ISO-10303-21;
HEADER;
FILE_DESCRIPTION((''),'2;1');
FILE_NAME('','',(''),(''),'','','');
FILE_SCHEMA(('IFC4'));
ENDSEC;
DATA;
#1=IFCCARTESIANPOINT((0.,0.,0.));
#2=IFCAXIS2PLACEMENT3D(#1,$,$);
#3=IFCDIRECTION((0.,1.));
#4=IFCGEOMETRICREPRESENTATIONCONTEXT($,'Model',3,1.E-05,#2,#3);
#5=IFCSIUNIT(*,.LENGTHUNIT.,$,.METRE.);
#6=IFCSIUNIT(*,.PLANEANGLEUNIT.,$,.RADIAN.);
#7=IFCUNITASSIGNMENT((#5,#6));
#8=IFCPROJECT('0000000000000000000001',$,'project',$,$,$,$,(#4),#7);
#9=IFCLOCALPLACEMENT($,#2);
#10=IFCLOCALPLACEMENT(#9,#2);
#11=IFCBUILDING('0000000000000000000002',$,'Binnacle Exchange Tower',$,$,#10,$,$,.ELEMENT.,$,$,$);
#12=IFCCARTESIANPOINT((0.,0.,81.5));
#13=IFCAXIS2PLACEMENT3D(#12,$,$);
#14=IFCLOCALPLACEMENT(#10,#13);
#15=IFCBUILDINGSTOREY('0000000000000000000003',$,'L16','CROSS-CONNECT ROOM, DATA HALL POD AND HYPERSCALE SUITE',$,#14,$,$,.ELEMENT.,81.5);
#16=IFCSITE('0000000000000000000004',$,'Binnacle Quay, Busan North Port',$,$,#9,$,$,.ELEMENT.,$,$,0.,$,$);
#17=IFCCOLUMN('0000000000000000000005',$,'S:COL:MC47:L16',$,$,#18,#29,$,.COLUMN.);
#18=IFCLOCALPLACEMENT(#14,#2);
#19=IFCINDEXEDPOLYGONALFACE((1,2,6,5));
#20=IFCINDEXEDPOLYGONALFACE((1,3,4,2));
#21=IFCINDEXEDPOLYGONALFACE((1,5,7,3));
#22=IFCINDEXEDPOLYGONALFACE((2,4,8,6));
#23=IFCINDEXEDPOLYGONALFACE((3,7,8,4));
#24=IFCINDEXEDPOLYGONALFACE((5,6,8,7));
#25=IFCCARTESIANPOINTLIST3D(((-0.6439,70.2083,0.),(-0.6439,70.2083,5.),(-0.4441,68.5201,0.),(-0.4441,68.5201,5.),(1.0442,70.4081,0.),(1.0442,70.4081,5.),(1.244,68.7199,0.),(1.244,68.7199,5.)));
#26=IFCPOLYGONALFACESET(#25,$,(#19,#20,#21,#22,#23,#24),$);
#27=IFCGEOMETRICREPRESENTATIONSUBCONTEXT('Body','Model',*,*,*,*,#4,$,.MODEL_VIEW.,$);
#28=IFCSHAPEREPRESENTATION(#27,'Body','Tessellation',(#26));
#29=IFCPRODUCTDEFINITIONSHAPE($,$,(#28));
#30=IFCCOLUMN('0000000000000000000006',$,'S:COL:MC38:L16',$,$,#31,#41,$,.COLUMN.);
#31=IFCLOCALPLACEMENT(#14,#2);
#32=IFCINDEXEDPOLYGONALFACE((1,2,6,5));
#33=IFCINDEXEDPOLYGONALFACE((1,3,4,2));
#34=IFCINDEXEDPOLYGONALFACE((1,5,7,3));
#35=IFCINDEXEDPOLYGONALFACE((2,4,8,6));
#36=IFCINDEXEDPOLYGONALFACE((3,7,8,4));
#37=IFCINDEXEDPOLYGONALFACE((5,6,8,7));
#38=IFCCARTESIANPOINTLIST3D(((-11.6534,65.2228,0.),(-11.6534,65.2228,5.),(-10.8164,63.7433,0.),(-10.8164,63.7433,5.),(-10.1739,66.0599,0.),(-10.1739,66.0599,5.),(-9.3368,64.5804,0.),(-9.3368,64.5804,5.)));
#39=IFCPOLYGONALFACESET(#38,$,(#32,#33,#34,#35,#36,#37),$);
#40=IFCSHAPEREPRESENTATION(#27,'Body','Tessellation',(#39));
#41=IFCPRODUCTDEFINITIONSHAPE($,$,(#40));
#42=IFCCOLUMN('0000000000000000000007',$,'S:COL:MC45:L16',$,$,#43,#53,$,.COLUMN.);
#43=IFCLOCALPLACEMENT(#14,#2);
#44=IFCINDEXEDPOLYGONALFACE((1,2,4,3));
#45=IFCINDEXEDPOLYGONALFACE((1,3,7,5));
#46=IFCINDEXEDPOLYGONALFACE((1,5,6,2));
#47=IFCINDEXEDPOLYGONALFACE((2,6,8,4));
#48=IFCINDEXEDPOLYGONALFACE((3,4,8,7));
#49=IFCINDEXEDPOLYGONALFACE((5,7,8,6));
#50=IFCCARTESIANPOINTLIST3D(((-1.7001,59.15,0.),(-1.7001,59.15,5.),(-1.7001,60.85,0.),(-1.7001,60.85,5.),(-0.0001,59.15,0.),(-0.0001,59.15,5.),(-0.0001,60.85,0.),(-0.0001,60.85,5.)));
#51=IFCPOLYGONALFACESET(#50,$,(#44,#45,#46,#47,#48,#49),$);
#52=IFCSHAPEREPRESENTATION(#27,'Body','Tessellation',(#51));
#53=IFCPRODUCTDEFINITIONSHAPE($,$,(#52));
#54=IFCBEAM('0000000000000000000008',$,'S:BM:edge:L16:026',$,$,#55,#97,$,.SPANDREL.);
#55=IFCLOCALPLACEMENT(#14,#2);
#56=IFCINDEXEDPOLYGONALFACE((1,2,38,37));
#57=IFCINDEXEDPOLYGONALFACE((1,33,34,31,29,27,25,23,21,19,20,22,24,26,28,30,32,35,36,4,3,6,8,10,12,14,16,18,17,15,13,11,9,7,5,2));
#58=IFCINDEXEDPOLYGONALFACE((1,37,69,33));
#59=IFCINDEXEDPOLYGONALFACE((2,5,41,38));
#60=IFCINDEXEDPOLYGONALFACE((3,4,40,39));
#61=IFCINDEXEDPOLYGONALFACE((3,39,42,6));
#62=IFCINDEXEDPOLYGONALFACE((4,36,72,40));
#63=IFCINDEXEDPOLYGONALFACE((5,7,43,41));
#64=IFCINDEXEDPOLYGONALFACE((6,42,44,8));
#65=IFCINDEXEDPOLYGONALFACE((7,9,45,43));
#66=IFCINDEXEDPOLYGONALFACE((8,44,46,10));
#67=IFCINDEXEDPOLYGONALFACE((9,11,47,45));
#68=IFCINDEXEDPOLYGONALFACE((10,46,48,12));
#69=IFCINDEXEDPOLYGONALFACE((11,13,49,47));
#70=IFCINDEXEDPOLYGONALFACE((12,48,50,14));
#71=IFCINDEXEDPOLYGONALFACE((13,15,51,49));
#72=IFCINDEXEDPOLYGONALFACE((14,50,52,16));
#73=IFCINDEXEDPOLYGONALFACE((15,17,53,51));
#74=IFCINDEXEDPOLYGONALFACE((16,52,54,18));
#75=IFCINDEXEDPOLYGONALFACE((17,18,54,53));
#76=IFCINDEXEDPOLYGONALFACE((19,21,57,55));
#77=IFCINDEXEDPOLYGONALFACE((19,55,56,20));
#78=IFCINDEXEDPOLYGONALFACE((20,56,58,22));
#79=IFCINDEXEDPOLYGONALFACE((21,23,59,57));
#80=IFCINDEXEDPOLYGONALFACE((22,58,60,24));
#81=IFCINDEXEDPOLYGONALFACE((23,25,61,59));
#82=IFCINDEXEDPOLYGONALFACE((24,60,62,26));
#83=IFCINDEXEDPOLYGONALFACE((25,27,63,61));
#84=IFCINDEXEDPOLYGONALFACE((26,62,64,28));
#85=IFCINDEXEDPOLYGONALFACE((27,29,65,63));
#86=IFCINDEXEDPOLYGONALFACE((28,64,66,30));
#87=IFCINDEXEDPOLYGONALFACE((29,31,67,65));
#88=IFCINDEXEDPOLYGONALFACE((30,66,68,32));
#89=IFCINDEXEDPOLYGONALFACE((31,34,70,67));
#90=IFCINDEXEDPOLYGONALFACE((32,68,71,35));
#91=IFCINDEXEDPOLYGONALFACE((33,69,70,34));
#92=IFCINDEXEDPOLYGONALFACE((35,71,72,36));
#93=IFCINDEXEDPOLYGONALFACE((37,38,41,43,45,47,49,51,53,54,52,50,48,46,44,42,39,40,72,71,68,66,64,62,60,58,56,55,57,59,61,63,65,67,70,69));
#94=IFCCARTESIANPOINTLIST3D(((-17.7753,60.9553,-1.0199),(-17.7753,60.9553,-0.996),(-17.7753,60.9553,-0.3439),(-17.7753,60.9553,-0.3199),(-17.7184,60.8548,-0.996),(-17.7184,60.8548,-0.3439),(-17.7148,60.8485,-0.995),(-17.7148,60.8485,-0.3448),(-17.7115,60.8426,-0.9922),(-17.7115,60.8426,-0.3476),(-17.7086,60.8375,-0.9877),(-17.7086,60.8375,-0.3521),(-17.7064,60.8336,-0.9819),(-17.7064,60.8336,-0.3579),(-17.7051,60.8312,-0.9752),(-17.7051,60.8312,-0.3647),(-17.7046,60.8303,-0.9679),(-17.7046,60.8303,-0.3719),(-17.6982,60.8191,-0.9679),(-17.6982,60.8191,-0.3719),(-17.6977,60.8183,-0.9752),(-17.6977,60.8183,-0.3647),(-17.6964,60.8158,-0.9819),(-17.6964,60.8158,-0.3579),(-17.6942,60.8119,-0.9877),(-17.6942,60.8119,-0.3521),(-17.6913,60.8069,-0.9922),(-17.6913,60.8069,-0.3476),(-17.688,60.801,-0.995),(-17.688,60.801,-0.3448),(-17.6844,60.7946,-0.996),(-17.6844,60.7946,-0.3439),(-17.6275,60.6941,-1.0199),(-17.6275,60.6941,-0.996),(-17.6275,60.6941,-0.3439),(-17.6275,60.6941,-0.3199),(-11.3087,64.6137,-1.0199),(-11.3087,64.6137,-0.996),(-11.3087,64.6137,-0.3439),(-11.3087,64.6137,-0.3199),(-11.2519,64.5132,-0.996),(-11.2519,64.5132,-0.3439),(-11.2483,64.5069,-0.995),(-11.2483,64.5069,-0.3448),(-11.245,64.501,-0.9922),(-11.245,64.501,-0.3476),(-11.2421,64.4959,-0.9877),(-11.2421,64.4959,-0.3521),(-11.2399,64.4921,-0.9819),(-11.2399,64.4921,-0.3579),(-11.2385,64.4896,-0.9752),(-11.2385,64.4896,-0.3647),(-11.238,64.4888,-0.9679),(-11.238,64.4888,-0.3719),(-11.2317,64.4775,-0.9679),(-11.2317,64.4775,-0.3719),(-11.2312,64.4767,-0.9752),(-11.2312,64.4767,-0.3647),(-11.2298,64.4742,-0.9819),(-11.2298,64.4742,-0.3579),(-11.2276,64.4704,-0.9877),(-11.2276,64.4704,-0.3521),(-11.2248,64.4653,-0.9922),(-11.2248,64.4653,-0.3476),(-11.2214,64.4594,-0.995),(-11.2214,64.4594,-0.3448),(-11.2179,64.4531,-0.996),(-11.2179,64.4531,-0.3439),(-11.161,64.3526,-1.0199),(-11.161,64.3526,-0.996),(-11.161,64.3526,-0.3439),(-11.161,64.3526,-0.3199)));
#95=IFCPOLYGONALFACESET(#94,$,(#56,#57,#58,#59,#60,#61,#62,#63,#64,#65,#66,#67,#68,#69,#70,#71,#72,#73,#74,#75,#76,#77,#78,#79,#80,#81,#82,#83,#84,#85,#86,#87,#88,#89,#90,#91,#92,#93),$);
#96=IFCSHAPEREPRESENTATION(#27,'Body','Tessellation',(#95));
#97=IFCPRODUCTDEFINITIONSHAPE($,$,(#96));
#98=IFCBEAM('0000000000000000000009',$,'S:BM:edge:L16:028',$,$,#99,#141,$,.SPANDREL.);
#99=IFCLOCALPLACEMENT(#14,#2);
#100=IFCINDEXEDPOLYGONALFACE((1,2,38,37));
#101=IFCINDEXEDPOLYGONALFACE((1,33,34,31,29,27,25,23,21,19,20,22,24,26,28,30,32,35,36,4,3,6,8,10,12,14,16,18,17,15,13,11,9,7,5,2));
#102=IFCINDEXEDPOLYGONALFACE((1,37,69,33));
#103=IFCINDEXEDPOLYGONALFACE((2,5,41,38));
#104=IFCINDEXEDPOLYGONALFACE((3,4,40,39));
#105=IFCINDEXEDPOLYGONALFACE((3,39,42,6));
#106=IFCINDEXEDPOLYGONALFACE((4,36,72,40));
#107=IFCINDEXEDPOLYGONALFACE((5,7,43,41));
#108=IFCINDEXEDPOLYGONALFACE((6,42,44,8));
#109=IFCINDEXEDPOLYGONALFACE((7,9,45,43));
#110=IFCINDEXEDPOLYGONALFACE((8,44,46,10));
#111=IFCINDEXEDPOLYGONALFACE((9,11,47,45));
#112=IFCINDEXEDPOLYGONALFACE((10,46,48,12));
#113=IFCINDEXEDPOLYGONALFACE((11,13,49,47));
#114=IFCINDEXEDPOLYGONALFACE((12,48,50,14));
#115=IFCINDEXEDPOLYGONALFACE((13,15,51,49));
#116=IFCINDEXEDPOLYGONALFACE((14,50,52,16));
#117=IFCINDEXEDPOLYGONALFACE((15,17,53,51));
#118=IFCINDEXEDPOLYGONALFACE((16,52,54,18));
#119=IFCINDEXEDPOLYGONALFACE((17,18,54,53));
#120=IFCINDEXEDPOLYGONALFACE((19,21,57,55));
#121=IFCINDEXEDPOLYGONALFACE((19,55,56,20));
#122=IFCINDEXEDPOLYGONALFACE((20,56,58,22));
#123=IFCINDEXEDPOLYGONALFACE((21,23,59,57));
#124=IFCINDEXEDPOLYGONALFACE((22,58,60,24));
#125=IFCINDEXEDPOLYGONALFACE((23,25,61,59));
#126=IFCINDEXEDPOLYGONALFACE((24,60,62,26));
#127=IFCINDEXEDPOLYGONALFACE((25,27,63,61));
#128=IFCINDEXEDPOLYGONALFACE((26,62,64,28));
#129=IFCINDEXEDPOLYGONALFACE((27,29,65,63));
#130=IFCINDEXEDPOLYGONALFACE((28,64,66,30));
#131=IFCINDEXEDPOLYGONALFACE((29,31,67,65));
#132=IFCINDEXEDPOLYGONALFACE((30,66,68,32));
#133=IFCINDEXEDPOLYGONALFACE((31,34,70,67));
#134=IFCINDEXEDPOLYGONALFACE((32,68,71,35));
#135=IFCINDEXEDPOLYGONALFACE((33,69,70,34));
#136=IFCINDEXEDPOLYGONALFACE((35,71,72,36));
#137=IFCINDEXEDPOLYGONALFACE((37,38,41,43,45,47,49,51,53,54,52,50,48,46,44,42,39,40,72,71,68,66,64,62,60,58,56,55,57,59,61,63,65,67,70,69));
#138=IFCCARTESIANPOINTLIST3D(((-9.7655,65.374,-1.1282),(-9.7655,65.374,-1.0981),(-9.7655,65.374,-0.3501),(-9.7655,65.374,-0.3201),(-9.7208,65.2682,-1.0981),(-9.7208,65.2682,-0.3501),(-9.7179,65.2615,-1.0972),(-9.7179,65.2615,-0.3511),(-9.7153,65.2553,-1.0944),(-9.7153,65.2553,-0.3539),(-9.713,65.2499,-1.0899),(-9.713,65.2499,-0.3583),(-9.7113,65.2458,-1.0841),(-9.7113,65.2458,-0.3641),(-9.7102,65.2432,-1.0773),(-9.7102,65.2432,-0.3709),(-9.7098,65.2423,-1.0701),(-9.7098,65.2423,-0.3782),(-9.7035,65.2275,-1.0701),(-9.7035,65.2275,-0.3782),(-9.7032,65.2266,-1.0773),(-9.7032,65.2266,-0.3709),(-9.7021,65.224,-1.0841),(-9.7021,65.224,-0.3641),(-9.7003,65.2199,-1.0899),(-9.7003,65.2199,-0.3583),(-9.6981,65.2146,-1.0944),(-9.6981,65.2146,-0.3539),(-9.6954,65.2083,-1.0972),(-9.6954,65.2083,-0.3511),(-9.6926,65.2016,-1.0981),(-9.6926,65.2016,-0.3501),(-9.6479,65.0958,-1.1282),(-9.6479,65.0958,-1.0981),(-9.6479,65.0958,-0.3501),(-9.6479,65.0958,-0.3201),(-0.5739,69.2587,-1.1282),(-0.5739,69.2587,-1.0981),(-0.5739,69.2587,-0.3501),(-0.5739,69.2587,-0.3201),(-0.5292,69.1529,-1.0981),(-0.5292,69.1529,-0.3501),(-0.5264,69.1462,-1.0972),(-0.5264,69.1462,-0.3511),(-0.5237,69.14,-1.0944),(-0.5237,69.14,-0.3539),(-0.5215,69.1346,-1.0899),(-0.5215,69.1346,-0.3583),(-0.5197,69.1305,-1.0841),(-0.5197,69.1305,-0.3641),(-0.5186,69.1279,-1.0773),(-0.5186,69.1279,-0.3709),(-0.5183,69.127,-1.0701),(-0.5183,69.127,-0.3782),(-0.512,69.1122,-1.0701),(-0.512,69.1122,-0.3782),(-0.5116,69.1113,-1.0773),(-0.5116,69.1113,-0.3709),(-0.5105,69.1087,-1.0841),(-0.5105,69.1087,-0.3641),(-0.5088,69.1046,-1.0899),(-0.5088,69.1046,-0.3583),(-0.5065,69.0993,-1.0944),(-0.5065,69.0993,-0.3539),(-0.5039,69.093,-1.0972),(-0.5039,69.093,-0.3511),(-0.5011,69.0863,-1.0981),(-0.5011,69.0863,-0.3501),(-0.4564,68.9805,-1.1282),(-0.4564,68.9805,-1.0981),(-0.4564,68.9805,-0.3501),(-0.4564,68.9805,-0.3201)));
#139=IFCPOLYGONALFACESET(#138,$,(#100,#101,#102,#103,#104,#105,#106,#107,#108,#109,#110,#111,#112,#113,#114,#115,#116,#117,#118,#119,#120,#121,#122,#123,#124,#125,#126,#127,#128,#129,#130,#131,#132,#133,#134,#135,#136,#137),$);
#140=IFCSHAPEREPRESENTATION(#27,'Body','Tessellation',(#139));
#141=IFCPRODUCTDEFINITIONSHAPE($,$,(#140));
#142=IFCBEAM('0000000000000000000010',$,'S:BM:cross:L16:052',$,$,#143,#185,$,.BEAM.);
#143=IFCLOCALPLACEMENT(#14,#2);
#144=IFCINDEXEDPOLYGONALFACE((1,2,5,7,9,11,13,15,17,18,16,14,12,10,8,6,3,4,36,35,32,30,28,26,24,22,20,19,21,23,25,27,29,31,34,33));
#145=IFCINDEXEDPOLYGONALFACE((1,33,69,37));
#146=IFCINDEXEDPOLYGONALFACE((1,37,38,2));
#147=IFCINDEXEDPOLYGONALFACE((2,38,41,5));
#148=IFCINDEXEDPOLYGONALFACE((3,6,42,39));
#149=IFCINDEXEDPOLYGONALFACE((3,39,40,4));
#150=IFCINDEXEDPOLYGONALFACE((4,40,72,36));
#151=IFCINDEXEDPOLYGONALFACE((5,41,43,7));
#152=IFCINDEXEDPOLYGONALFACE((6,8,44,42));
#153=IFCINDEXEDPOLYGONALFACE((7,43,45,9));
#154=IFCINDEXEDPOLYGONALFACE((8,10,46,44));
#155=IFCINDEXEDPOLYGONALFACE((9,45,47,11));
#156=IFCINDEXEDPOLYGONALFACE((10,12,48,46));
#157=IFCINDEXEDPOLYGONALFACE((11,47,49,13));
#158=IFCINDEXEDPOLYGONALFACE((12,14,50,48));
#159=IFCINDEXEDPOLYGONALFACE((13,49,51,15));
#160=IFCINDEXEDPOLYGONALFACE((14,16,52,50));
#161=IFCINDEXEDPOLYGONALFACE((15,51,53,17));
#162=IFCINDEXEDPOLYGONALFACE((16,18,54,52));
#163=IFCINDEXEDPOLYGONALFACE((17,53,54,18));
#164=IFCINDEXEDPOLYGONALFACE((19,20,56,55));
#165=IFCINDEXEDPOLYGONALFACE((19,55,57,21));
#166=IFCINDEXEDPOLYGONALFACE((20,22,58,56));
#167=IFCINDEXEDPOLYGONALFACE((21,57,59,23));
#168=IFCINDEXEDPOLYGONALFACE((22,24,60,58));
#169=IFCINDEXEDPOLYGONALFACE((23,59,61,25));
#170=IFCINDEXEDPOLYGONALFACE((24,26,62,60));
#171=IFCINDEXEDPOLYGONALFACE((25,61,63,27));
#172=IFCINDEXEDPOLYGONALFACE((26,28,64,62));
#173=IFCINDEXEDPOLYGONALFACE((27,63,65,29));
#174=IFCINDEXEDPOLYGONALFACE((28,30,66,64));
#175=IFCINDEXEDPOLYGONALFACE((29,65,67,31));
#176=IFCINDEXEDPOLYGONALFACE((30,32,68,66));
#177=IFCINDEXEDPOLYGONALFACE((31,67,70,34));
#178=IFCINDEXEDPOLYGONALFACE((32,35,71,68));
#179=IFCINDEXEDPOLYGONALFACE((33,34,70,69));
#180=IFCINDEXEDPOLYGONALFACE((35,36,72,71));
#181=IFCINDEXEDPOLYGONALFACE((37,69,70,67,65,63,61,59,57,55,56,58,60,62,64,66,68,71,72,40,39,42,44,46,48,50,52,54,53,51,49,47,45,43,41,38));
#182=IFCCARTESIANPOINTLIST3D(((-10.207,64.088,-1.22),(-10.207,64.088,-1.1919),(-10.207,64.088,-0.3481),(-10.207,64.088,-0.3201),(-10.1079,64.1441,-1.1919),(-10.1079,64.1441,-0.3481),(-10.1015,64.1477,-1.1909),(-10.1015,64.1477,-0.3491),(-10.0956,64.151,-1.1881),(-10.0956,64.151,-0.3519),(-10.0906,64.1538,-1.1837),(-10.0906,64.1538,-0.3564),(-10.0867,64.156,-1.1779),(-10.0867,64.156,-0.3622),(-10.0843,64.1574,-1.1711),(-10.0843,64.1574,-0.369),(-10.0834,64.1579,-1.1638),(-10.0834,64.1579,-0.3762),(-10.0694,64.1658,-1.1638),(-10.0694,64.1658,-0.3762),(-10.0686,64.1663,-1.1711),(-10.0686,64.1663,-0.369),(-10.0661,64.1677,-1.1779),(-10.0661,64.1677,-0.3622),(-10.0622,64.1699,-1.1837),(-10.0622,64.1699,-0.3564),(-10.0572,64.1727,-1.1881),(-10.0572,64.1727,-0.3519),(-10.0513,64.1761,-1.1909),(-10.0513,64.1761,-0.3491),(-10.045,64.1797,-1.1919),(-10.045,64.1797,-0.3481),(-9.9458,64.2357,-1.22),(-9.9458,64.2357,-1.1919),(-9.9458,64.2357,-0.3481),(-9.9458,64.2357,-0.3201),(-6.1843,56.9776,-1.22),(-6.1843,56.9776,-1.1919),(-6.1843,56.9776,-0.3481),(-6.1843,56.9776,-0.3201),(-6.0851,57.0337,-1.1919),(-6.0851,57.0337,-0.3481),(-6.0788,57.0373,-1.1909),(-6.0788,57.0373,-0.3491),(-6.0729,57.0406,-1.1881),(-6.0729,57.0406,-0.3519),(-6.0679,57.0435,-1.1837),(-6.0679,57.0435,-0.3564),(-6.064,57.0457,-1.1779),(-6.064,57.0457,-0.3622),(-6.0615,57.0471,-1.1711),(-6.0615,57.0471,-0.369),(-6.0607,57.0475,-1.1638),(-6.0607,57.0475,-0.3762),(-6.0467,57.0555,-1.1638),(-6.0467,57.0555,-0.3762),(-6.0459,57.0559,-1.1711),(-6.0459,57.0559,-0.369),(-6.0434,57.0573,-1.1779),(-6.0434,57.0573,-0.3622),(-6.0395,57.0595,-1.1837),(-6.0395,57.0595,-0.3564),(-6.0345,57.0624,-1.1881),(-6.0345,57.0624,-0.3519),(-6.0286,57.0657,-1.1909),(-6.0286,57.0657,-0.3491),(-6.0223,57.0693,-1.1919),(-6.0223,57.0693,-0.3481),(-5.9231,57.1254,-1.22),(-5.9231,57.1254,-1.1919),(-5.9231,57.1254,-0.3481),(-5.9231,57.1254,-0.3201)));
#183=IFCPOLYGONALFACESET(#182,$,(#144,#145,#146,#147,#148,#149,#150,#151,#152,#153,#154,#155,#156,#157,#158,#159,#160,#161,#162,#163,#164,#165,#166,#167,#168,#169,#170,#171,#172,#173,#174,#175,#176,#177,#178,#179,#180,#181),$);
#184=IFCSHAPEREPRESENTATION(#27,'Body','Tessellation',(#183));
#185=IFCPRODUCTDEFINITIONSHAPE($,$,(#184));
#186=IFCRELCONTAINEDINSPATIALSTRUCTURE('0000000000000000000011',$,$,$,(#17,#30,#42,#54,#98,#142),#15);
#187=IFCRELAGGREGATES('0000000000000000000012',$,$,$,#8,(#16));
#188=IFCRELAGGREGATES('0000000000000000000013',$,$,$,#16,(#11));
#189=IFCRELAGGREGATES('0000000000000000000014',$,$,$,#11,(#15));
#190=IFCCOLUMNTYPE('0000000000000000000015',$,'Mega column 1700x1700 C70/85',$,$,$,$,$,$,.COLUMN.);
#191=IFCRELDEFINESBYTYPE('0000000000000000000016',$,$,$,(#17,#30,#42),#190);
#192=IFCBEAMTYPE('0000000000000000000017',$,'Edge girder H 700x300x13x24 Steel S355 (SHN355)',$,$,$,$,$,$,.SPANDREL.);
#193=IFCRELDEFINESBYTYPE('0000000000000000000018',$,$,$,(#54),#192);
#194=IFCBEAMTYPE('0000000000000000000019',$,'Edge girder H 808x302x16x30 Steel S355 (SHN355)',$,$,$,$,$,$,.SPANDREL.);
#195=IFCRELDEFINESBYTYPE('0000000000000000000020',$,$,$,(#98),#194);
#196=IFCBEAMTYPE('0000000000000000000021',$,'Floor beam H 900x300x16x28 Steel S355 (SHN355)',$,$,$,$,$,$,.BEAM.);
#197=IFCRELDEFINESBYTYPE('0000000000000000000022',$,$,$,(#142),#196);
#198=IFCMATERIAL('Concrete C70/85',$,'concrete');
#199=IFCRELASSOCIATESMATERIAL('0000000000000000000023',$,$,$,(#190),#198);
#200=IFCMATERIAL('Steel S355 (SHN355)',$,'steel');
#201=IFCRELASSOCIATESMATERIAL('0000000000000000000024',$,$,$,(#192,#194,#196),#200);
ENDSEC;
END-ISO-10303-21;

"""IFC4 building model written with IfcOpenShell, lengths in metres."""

from ifc_helpers import new_model, si_unit, direction, frame, origin, origin_2d, place, context, subcontext, project, spatial, rectangle, i_section, extrude, material, material_profile, profile_set, type_object, element, save


model = new_model("IFC4")

# Units and contexts
model_context = context("Model", 3, precision=1e-05, world=origin(), true_north=direction((0.0, 1.0)))
body_context = subcontext(model_context, "Body", "Model", "MODEL_VIEW")
ifc_project = project(units=[si_unit("LENGTHUNIT", "METRE"), si_unit("PLANEANGLEUNIT", "RADIAN")], contexts=[model_context])

# Site, building, storey
site_placement = place(None, origin())
site = spatial("IfcSite", under=ifc_project, at=site_placement, Name="Binnacle Quay, Busan North Port", CompositionType="ELEMENT", RefElevation=0.0)
building_placement = place(site_placement, origin())
building = spatial("IfcBuilding", under=site, at=building_placement, Name="Binnacle Exchange Tower", CompositionType="ELEMENT")
storey_placement = place(building_placement, frame((0.0, 0.0, 81.5)))
storey = spatial("IfcBuildingStorey", under=building, at=storey_placement, Name="L16", Description="CROSS-CONNECT ROOM, DATA HALL POD AND HYPERSCALE SUITE", CompositionType="ELEMENT", Elevation=81.5)

# Columns
ifc_material_1 = material(Name="Concrete C70/85", Category="concrete")
ifc_material_profile_1 = material_profile(ifc_material_1, rectangle(XDim=1.7, YDim=1.7, at=origin_2d()), Name="Mega column 1700x1700 C70/85")
ifc_profile_set_1 = profile_set([ifc_material_profile_1], Name="Concrete C70/85")
column_type = type_object("IfcColumnType", Name="Mega column 1700x1700 C70/85", PredefinedType="COLUMN", material=ifc_profile_set_1)
for number, where, z_axis, x_axis, name in (
    (1, (0.3, 69.4641, 0.0), (0.0, 0.0, 1.0), (-0.993068, -0.117537, 0.0), "S:COL:MC47:L16"),
    (2, (-10.4951, 64.9016, 0.0), (0.0, 0.0, 1.0), (-0.870356, -0.492424, 0.0), "S:COL:MC38:L16"),
    (3, (-0.8501, 60.0, 0.0), (0.0, 0.0, 1.0), (0.0, 1.0, 0.0), "S:COL:MC45:L16"),
):
    element("IfcColumn", number, at=place(storey_placement, frame(where, z_axis=z_axis, x_axis=x_axis)), inside=storey, type_object=column_type, Name=name, PredefinedType="COLUMN", context=body_context, shape_type="SweptSolid", body=[
        extrude(rectangle(XDim=1.7, YDim=1.7, at=origin_2d()), origin(), (0.0, 0.0, 1.0), 5.0),
    ])

# Beams
ifc_material_2 = material(Name="Steel S355 (SHN355)", Category="steel")
ifc_material_profile_2 = material_profile(ifc_material_2, i_section(OverallWidth=0.3, OverallDepth=0.7, WebThickness=0.0129, FlangeThickness=0.0239, FilletRadius=0.0281, at=origin_2d()), Name="H 700x300x13x24")
ifc_profile_set_2 = profile_set([ifc_material_profile_2], Name="Steel S355 (SHN355)")
beam_type_1 = type_object("IfcBeamType", Name="Edge girder H 700x300x13x24 Steel S355 (SHN355)", PredefinedType="SPANDREL", material=ifc_profile_set_2)
beam_1_placement = place(storey_placement, frame((-11.2349, 64.4832, -0.6699), z_axis=(-0.870364, -0.492408, 0.0), x_axis=(0.492408, -0.870364, 0.0)))
element("IfcBeam", 4, at=beam_1_placement, inside=storey, type_object=beam_type_1, Name="S:BM:edge:L16:026", PredefinedType="SPANDREL", context=body_context, shape_type="SweptSolid", body=[
    extrude(i_section(OverallWidth=0.3, OverallDepth=0.7, WebThickness=0.0129, FlangeThickness=0.0239, FilletRadius=0.0281, at=origin_2d()), origin(), (0.0, 0.0, 1.0), 7.4297),
])
ifc_material_profile_3 = material_profile(ifc_material_2, i_section(OverallWidth=0.302, OverallDepth=0.8081, WebThickness=0.0161, FlangeThickness=0.03, FilletRadius=0.0281, at=origin_2d()), Name="H 808x302x16x30")
ifc_profile_set_3 = profile_set([ifc_material_profile_3], Name="Steel S355 (SHN355)")
beam_type_2 = type_object("IfcBeamType", Name="Edge girder H 808x302x16x30 Steel S355 (SHN355)", PredefinedType="SPANDREL", material=ifc_profile_set_3)
beam_2_placement = place(storey_placement, frame((-0.5151, 69.1196, -0.7241), z_axis=(-0.921111, -0.389299, 0.0), x_axis=(0.389299, -0.921111, 0.0)))
element("IfcBeam", 5, at=beam_2_placement, inside=storey, type_object=beam_type_2, Name="S:BM:edge:L16:028", PredefinedType="SPANDREL", context=body_context, shape_type="SweptSolid", body=[
    extrude(i_section(OverallWidth=0.302, OverallDepth=0.8081, WebThickness=0.0161, FlangeThickness=0.03, FilletRadius=0.0281, at=origin_2d()), origin(), (0.0, 0.0, 1.0), 9.9788),
])
ifc_material_profile_4 = material_profile(ifc_material_2, i_section(OverallWidth=0.3, OverallDepth=0.8999, WebThickness=0.0161, FlangeThickness=0.0281, FilletRadius=0.0281, at=origin_2d()), Name="H 900x300x16x28")
ifc_profile_set_4 = profile_set([ifc_material_profile_4], Name="Steel S355 (SHN355)")
beam_type_3 = type_object("IfcBeamType", Name="Floor beam H 900x300x16x28 Steel S355 (SHN355)", PredefinedType="BEAM", material=ifc_profile_set_4)
beam_3_placement = place(storey_placement, frame((-10.0764, 64.1619, -0.77), z_axis=(0.492411, -0.870363, 0.0), x_axis=(0.870363, 0.492411, 0.0)))
element("IfcBeam", 6, at=beam_3_placement, inside=storey, type_object=beam_type_3, Name="S:BM:cross:L16:052", PredefinedType="BEAM", context=body_context, shape_type="SweptSolid", body=[
    extrude(i_section(OverallWidth=0.3, OverallDepth=0.8999, WebThickness=0.0161, FlangeThickness=0.0281, FilletRadius=0.0281, at=origin_2d()), origin(), (0.0, 0.0, 1.0), 8.1694),
])

save(model, "model.ifc")
